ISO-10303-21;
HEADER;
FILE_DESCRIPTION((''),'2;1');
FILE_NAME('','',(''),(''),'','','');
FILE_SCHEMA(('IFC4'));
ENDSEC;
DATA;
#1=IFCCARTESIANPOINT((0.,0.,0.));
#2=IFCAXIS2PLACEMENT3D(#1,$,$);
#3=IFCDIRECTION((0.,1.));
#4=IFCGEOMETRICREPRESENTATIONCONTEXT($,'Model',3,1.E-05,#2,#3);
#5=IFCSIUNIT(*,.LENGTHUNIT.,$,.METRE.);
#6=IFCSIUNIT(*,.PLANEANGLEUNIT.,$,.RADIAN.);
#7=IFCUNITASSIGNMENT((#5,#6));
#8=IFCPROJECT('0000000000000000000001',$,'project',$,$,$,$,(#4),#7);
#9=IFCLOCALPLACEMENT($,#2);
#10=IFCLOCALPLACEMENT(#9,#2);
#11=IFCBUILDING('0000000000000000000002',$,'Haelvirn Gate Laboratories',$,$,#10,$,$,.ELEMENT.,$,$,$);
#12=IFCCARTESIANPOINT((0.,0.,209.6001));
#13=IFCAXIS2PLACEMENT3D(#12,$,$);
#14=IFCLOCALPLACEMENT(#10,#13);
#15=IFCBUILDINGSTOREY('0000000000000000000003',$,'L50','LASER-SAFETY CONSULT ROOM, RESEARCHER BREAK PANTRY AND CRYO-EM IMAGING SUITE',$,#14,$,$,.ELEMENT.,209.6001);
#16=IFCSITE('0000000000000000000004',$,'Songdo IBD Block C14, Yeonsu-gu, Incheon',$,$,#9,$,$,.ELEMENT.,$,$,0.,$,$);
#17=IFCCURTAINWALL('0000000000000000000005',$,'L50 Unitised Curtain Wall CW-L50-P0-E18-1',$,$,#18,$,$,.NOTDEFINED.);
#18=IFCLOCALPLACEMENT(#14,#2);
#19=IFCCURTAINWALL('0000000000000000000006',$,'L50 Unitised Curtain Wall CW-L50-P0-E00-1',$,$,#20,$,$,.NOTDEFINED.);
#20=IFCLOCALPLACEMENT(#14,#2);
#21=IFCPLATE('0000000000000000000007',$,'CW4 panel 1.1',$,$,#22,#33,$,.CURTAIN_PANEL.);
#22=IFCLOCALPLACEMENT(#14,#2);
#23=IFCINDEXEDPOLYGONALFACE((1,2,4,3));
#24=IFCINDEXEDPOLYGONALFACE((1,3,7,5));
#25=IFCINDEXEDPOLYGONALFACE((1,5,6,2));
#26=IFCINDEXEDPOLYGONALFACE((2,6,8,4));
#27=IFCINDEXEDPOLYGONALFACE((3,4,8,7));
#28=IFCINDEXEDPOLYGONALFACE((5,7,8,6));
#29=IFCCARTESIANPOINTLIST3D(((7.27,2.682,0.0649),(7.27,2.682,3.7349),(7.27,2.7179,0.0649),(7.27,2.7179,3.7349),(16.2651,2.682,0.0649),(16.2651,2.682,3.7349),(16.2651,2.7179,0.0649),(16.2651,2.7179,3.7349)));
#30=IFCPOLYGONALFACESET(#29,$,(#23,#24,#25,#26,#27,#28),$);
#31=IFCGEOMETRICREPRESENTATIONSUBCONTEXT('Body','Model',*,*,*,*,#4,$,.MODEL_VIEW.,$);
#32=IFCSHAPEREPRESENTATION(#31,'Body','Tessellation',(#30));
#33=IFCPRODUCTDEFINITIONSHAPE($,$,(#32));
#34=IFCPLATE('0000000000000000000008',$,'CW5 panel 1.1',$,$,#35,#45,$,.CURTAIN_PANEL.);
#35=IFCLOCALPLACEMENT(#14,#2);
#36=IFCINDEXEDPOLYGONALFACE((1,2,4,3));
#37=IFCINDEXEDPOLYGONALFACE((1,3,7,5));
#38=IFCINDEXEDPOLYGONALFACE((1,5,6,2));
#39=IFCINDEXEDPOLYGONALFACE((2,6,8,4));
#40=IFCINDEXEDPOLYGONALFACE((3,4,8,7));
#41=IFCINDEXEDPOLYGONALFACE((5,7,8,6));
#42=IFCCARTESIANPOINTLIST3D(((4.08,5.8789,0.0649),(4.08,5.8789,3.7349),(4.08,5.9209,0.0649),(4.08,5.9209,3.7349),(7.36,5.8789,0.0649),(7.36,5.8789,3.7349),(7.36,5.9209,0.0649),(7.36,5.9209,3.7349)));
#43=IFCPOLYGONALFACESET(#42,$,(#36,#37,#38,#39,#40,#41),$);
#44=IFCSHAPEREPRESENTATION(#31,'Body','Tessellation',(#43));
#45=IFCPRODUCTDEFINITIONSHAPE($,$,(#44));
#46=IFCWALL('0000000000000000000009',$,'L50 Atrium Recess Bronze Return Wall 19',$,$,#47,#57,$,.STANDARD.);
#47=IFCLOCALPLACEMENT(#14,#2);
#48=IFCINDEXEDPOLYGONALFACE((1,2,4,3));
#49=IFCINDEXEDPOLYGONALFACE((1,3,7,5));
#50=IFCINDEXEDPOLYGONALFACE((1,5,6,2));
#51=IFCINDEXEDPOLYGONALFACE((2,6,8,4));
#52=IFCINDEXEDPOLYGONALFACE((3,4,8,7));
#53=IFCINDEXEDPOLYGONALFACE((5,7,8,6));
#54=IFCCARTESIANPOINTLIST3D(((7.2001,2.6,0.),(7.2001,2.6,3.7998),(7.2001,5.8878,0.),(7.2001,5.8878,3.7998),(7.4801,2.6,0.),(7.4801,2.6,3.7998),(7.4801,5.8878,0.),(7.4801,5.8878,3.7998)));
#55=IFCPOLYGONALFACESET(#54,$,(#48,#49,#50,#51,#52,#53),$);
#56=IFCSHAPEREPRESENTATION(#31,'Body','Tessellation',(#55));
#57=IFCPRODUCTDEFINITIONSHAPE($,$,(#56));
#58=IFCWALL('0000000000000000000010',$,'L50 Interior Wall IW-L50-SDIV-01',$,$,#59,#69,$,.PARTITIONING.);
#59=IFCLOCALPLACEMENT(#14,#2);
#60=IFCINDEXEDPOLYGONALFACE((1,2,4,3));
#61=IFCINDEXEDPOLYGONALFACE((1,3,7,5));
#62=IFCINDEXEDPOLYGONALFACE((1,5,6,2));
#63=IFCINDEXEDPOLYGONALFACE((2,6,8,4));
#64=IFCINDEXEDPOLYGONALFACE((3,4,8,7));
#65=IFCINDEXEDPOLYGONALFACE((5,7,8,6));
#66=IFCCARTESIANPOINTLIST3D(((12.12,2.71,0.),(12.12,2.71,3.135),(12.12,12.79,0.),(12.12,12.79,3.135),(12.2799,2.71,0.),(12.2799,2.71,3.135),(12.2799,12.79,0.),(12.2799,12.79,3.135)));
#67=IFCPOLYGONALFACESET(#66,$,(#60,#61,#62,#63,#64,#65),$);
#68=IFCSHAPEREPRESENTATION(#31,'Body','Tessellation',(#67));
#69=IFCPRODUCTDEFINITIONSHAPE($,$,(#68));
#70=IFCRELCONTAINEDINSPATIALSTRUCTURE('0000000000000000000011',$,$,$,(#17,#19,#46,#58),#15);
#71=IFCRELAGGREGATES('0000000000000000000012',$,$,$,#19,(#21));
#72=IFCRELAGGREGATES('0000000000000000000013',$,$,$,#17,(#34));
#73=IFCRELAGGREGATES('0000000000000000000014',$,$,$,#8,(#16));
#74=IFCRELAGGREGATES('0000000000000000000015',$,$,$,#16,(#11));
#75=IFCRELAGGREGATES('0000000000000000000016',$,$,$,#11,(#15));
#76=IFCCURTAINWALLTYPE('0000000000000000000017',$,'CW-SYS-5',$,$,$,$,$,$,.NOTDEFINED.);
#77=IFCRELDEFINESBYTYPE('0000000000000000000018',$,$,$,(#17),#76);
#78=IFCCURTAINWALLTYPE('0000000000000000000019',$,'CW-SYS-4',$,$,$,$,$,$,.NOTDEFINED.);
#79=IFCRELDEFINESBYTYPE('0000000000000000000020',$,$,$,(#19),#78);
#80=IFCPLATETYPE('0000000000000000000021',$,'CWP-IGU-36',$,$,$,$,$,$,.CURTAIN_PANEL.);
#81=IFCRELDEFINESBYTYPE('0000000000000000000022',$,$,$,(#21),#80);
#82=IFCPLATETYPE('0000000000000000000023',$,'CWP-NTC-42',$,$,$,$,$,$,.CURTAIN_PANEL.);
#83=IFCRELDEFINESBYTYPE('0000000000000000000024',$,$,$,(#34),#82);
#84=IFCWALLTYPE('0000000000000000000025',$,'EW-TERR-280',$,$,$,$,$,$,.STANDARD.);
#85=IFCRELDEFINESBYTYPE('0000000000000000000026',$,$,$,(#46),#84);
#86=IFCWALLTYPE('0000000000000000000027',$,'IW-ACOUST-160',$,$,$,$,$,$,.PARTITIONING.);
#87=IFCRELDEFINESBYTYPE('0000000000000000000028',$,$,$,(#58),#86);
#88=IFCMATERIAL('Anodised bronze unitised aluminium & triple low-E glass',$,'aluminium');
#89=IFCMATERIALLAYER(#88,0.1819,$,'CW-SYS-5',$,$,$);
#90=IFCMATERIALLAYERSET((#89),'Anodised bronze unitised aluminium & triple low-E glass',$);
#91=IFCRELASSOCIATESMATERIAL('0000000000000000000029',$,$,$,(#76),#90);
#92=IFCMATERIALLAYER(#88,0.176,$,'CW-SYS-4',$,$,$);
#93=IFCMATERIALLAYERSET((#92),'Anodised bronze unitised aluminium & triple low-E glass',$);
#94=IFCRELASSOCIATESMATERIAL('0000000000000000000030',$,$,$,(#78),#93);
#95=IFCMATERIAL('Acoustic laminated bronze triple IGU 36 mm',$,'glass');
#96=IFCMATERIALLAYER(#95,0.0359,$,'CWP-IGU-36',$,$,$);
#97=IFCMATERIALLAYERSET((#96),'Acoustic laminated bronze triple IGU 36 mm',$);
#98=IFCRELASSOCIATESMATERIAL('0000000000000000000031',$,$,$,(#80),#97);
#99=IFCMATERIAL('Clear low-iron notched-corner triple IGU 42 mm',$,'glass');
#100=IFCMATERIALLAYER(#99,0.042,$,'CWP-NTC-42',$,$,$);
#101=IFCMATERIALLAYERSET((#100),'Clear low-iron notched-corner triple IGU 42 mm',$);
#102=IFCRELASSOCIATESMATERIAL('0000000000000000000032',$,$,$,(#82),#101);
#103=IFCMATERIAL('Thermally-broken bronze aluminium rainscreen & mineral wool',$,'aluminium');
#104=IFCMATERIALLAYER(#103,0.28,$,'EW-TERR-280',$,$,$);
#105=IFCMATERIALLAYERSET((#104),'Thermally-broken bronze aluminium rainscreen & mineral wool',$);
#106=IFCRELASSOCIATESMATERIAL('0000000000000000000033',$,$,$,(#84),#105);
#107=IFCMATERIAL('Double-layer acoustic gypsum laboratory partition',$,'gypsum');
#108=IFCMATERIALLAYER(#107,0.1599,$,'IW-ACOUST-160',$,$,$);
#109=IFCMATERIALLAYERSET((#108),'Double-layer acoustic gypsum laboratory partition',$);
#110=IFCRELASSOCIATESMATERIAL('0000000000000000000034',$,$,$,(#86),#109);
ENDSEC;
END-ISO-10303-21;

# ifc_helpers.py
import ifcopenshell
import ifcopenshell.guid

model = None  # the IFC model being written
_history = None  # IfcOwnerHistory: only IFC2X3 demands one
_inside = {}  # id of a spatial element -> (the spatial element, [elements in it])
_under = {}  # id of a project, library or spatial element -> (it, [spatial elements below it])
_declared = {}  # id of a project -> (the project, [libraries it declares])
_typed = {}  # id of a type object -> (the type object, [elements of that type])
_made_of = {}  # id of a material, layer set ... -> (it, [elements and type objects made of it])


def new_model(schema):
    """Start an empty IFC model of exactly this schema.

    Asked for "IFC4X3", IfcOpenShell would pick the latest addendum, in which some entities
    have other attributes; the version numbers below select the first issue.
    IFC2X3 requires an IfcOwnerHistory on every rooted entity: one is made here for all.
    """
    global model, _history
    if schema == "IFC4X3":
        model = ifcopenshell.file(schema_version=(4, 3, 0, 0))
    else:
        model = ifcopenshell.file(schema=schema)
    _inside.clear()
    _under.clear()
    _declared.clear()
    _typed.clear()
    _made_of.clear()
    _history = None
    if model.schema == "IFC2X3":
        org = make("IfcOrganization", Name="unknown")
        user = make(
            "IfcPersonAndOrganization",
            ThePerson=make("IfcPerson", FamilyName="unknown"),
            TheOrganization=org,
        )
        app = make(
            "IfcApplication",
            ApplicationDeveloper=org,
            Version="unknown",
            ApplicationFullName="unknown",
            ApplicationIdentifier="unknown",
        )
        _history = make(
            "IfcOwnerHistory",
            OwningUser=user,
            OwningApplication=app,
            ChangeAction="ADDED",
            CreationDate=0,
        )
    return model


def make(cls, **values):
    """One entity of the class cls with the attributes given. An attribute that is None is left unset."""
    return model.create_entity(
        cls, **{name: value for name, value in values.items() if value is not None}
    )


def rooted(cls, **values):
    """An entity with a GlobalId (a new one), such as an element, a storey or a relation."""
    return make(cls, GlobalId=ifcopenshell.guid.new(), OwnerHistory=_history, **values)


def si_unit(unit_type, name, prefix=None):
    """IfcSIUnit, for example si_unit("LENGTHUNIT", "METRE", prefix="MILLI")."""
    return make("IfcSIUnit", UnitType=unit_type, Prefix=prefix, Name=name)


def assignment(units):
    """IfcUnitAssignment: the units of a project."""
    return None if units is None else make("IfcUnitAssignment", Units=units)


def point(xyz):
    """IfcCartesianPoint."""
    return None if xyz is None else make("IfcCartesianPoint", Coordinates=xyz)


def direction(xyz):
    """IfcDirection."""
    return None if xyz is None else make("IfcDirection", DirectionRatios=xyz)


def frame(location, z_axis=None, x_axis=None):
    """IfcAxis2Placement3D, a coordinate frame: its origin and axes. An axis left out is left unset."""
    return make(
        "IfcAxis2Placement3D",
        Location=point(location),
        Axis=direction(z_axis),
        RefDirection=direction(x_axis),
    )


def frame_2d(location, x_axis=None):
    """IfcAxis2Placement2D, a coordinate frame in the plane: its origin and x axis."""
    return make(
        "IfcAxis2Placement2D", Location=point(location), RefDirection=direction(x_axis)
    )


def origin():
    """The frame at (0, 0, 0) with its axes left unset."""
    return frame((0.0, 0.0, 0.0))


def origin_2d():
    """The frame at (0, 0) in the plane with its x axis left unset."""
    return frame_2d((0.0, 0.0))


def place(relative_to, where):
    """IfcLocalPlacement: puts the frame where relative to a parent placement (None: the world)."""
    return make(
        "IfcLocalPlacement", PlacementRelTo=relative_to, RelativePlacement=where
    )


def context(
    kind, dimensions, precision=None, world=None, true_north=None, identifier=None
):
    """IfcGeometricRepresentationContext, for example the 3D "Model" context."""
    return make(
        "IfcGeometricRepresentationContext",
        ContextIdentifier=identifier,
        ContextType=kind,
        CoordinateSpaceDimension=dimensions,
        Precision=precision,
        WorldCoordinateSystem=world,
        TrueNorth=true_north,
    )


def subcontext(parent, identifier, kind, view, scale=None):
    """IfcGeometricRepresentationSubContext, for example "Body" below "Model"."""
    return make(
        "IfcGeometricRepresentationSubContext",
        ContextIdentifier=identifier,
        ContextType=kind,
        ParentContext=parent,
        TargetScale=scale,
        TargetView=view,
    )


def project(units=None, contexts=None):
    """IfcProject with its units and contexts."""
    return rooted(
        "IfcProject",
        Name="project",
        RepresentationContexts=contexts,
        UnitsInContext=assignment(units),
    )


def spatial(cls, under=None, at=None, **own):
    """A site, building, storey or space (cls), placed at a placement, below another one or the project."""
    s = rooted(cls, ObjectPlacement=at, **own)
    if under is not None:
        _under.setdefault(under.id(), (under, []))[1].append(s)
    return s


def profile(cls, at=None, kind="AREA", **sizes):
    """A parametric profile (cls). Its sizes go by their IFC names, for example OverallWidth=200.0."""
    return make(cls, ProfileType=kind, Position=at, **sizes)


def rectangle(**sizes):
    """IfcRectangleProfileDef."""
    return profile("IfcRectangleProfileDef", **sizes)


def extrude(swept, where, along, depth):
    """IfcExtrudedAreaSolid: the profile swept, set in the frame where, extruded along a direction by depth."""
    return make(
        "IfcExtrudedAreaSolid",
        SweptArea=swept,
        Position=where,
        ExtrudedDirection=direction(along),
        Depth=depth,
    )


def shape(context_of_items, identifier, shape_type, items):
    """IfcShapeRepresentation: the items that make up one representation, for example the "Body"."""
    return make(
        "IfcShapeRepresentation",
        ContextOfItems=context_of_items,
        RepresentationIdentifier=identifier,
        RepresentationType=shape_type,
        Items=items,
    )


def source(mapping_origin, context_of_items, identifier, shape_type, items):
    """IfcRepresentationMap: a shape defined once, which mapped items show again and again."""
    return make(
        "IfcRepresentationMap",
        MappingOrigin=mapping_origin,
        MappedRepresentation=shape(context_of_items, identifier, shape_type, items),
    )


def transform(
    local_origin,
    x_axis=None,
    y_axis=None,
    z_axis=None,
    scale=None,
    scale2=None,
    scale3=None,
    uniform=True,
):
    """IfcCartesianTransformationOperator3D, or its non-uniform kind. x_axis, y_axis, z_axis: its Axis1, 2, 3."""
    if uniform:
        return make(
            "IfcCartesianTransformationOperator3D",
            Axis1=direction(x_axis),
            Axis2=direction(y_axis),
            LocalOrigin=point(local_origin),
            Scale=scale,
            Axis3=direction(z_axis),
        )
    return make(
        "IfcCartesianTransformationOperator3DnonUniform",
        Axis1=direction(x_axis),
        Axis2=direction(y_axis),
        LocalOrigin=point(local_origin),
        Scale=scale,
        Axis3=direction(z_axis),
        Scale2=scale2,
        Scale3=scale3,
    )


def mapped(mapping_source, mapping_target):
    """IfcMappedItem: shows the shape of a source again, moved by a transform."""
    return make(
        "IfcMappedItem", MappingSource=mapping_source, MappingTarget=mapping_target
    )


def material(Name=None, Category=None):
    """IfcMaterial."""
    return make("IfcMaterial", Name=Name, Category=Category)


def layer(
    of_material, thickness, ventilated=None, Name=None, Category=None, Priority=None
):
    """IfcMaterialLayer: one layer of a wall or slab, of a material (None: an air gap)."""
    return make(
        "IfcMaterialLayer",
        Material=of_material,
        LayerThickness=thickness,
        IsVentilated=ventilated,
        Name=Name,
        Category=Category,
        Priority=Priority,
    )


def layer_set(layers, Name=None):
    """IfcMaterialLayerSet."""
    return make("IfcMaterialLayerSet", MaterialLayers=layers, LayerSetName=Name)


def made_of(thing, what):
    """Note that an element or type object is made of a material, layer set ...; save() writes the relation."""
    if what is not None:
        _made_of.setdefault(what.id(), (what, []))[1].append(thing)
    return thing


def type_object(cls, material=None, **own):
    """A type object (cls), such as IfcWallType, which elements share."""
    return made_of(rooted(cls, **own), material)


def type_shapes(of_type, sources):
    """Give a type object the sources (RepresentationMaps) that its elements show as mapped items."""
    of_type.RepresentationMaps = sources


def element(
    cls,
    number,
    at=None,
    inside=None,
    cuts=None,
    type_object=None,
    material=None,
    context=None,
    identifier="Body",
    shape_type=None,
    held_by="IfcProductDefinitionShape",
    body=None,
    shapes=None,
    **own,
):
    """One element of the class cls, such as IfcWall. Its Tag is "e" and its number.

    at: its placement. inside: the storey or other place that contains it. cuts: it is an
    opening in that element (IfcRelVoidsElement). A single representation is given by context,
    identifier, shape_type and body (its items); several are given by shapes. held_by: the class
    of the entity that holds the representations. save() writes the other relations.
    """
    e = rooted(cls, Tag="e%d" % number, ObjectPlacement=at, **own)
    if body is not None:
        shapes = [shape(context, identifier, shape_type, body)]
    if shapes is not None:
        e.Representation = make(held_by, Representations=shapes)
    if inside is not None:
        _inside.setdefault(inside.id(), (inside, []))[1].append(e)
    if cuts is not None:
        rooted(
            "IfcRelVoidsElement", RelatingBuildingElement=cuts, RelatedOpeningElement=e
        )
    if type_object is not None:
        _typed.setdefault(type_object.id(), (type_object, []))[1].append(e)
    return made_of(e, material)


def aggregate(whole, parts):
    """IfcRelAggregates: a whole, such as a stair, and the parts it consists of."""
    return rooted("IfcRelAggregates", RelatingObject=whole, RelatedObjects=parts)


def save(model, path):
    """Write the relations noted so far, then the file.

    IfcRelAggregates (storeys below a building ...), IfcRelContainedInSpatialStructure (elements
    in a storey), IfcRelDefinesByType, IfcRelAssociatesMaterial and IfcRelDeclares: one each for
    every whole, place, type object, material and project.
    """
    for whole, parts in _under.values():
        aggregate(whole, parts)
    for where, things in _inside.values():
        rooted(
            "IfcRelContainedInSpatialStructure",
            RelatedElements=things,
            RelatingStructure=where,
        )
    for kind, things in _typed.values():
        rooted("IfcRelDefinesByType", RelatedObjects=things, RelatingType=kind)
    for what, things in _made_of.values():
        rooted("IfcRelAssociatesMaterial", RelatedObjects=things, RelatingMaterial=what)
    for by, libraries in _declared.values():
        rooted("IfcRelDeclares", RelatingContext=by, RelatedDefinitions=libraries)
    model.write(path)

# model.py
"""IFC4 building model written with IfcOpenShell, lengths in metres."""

from ifc_helpers import new_model, si_unit, direction, frame, frame_2d, origin, origin_2d, place, context, subcontext, project, spatial, rectangle, extrude, source, transform, mapped, material, layer, layer_set, type_object, type_shapes, element, aggregate, save


model = new_model("IFC4")

# Units and contexts
model_context = context("Model", 3, precision=1e-05, world=origin(), true_north=direction((0.0, 1.0)))
body_context = subcontext(model_context, "Body", "Model", "MODEL_VIEW")
ifc_project = project(units=[si_unit("LENGTHUNIT", "METRE"), si_unit("PLANEANGLEUNIT", "RADIAN")], contexts=[model_context])

# Site, building, storey
site_placement = place(None, origin())
site = spatial("IfcSite", under=ifc_project, at=site_placement, Name="Songdo IBD Block C14, Yeonsu-gu, Incheon", CompositionType="ELEMENT", RefElevation=0.0)
building_placement = place(site_placement, origin())
building = spatial("IfcBuilding", under=site, at=building_placement, Name="Haelvirn Gate Laboratories", CompositionType="ELEMENT")
storey_placement = place(building_placement, frame((0.0, 0.0, 209.6001)))
storey = spatial("IfcBuildingStorey", under=building, at=storey_placement, Name="L50", Description="LASER-SAFETY CONSULT ROOM, RESEARCHER BREAK PANTRY AND CRYO-EM IMAGING SUITE", CompositionType="ELEMENT", Elevation=209.6001)

# Curtain walls
ifc_material_1 = material(Name="Anodised bronze unitised aluminium & triple low-E glass", Category="aluminium")
ifc_layer_1 = layer(ifc_material_1, 0.1819, Name="CW-SYS-5")
ifc_layer_set_1 = layer_set([ifc_layer_1], Name="Anodised bronze unitised aluminium & triple low-E glass")
curtain_wall_type_1 = type_object("IfcCurtainWallType", Name="CW-SYS-5", PredefinedType="NOTDEFINED", material=ifc_layer_set_1)
curtain_wall_1_placement = place(storey_placement, origin())
curtain_wall_1 = element("IfcCurtainWall", 1, at=curtain_wall_1_placement, inside=storey, type_object=curtain_wall_type_1, Name="L50 Unitised Curtain Wall CW-L50-P0-E18-1", PredefinedType="NOTDEFINED")
ifc_layer_2 = layer(ifc_material_1, 0.176, Name="CW-SYS-4")
ifc_layer_set_2 = layer_set([ifc_layer_2], Name="Anodised bronze unitised aluminium & triple low-E glass")
curtain_wall_type_2 = type_object("IfcCurtainWallType", Name="CW-SYS-4", PredefinedType="NOTDEFINED", material=ifc_layer_set_2)
curtain_wall_2_placement = place(storey_placement, origin())
curtain_wall_2 = element("IfcCurtainWall", 2, at=curtain_wall_2_placement, inside=storey, type_object=curtain_wall_type_2, Name="L50 Unitised Curtain Wall CW-L50-P0-E00-1", PredefinedType="NOTDEFINED")

# Plates
ifc_material_2 = material(Name="Acoustic laminated bronze triple IGU 36 mm", Category="glass")
ifc_layer_3 = layer(ifc_material_2, 0.0359, Name="CWP-IGU-36")
ifc_layer_set_3 = layer_set([ifc_layer_3], Name="Acoustic laminated bronze triple IGU 36 mm")
plate_type_1 = type_object("IfcPlateType", Name="CWP-IGU-36", PredefinedType="CURTAIN_PANEL", material=ifc_layer_set_3)
shared_shape_1 = source(origin(), body_context, "Body", "SweptSolid", [
    extrude(rectangle(XDim=8.9951, YDim=0.0359, at=origin_2d()), origin(), (0.0, 0.0, 1.0), 3.6699),
])
type_shapes(plate_type_1, [shared_shape_1])
plate_1_placement = place(storey_placement, frame((11.7676, 2.7, 0.0649), z_axis=(0.0, 0.0, 1.0), x_axis=(1.0, 0.0, 0.0)))
plate_1 = element("IfcPlate", 3, at=plate_1_placement, type_object=plate_type_1, Name="CW4 panel 1.1", PredefinedType="CURTAIN_PANEL", context=body_context, shape_type="MappedRepresentation", body=[
    mapped(shared_shape_1, transform((0.0, 0.0, 0.0), scale=1.0)),
])
aggregate(curtain_wall_2, [plate_1])
ifc_material_3 = material(Name="Clear low-iron notched-corner triple IGU 42 mm", Category="glass")
ifc_layer_4 = layer(ifc_material_3, 0.042, Name="CWP-NTC-42")
ifc_layer_set_4 = layer_set([ifc_layer_4], Name="Clear low-iron notched-corner triple IGU 42 mm")
plate_type_2 = type_object("IfcPlateType", Name="CWP-NTC-42", PredefinedType="CURTAIN_PANEL", material=ifc_layer_set_4)
shared_shape_2 = source(origin(), body_context, "Body", "SweptSolid", [
    extrude(rectangle(XDim=3.28, YDim=0.042, at=origin_2d()), origin(), (0.0, 0.0, 1.0), 3.6699),
])
type_shapes(plate_type_2, [shared_shape_2])
plate_2_placement = place(storey_placement, frame((5.72, 5.8999, 0.0649), z_axis=(0.0, 0.0, 1.0), x_axis=(1.0, 0.0, 0.0)))
plate_2 = element("IfcPlate", 4, at=plate_2_placement, type_object=plate_type_2, Name="CW5 panel 1.1", PredefinedType="CURTAIN_PANEL", context=body_context, shape_type="MappedRepresentation", body=[
    mapped(shared_shape_2, transform((0.0, 0.0, 0.0), scale=1.0)),
])
aggregate(curtain_wall_1, [plate_2])

# Walls
ifc_material_4 = material(Name="Thermally-broken bronze aluminium rainscreen & mineral wool", Category="aluminium")
ifc_layer_5 = layer(ifc_material_4, 0.28, Name="EW-TERR-280")
ifc_layer_set_5 = layer_set([ifc_layer_5], Name="Thermally-broken bronze aluminium rainscreen & mineral wool")
wall_type_1 = type_object("IfcWallType", Name="EW-TERR-280", PredefinedType="STANDARD", material=ifc_layer_set_5)
wall_1_placement = place(storey_placement, frame((7.3401, 5.8879, 0.0), z_axis=(0.0, 0.0, 1.0), x_axis=(0.0, -1.0, 0.0)))
element("IfcWall", 5, at=wall_1_placement, inside=storey, type_object=wall_type_1, Name="L50 Atrium Recess Bronze Return Wall 19", PredefinedType="STANDARD", context=body_context, shape_type="SweptSolid", body=[
    extrude(rectangle(XDim=3.2878, YDim=0.28, at=frame_2d((1.644, 0.0))), origin(), (0.0, 0.0, 1.0), 3.7998),
])
ifc_material_5 = material(Name="Double-layer acoustic gypsum laboratory partition", Category="gypsum")
ifc_layer_6 = layer(ifc_material_5, 0.1599, Name="IW-ACOUST-160")
ifc_layer_set_6 = layer_set([ifc_layer_6], Name="Double-layer acoustic gypsum laboratory partition")
wall_type_2 = type_object("IfcWallType", Name="IW-ACOUST-160", PredefinedType="PARTITIONING", material=ifc_layer_set_6)
wall_2_placement = place(storey_placement, frame((12.2, 2.71, 0.0), z_axis=(0.0, 0.0, 1.0), x_axis=(0.0, 1.0, 0.0)))
element("IfcWall", 6, at=wall_2_placement, inside=storey, type_object=wall_type_2, Name="L50 Interior Wall IW-L50-SDIV-01", PredefinedType="PARTITIONING", context=body_context, shape_type="SweptSolid", body=[
    extrude(rectangle(XDim=10.0801, YDim=0.1599, at=frame_2d((5.04, 0.0))), origin(), (0.0, 0.0, 1.0), 3.135),
])

save(model, "model.ifc")
